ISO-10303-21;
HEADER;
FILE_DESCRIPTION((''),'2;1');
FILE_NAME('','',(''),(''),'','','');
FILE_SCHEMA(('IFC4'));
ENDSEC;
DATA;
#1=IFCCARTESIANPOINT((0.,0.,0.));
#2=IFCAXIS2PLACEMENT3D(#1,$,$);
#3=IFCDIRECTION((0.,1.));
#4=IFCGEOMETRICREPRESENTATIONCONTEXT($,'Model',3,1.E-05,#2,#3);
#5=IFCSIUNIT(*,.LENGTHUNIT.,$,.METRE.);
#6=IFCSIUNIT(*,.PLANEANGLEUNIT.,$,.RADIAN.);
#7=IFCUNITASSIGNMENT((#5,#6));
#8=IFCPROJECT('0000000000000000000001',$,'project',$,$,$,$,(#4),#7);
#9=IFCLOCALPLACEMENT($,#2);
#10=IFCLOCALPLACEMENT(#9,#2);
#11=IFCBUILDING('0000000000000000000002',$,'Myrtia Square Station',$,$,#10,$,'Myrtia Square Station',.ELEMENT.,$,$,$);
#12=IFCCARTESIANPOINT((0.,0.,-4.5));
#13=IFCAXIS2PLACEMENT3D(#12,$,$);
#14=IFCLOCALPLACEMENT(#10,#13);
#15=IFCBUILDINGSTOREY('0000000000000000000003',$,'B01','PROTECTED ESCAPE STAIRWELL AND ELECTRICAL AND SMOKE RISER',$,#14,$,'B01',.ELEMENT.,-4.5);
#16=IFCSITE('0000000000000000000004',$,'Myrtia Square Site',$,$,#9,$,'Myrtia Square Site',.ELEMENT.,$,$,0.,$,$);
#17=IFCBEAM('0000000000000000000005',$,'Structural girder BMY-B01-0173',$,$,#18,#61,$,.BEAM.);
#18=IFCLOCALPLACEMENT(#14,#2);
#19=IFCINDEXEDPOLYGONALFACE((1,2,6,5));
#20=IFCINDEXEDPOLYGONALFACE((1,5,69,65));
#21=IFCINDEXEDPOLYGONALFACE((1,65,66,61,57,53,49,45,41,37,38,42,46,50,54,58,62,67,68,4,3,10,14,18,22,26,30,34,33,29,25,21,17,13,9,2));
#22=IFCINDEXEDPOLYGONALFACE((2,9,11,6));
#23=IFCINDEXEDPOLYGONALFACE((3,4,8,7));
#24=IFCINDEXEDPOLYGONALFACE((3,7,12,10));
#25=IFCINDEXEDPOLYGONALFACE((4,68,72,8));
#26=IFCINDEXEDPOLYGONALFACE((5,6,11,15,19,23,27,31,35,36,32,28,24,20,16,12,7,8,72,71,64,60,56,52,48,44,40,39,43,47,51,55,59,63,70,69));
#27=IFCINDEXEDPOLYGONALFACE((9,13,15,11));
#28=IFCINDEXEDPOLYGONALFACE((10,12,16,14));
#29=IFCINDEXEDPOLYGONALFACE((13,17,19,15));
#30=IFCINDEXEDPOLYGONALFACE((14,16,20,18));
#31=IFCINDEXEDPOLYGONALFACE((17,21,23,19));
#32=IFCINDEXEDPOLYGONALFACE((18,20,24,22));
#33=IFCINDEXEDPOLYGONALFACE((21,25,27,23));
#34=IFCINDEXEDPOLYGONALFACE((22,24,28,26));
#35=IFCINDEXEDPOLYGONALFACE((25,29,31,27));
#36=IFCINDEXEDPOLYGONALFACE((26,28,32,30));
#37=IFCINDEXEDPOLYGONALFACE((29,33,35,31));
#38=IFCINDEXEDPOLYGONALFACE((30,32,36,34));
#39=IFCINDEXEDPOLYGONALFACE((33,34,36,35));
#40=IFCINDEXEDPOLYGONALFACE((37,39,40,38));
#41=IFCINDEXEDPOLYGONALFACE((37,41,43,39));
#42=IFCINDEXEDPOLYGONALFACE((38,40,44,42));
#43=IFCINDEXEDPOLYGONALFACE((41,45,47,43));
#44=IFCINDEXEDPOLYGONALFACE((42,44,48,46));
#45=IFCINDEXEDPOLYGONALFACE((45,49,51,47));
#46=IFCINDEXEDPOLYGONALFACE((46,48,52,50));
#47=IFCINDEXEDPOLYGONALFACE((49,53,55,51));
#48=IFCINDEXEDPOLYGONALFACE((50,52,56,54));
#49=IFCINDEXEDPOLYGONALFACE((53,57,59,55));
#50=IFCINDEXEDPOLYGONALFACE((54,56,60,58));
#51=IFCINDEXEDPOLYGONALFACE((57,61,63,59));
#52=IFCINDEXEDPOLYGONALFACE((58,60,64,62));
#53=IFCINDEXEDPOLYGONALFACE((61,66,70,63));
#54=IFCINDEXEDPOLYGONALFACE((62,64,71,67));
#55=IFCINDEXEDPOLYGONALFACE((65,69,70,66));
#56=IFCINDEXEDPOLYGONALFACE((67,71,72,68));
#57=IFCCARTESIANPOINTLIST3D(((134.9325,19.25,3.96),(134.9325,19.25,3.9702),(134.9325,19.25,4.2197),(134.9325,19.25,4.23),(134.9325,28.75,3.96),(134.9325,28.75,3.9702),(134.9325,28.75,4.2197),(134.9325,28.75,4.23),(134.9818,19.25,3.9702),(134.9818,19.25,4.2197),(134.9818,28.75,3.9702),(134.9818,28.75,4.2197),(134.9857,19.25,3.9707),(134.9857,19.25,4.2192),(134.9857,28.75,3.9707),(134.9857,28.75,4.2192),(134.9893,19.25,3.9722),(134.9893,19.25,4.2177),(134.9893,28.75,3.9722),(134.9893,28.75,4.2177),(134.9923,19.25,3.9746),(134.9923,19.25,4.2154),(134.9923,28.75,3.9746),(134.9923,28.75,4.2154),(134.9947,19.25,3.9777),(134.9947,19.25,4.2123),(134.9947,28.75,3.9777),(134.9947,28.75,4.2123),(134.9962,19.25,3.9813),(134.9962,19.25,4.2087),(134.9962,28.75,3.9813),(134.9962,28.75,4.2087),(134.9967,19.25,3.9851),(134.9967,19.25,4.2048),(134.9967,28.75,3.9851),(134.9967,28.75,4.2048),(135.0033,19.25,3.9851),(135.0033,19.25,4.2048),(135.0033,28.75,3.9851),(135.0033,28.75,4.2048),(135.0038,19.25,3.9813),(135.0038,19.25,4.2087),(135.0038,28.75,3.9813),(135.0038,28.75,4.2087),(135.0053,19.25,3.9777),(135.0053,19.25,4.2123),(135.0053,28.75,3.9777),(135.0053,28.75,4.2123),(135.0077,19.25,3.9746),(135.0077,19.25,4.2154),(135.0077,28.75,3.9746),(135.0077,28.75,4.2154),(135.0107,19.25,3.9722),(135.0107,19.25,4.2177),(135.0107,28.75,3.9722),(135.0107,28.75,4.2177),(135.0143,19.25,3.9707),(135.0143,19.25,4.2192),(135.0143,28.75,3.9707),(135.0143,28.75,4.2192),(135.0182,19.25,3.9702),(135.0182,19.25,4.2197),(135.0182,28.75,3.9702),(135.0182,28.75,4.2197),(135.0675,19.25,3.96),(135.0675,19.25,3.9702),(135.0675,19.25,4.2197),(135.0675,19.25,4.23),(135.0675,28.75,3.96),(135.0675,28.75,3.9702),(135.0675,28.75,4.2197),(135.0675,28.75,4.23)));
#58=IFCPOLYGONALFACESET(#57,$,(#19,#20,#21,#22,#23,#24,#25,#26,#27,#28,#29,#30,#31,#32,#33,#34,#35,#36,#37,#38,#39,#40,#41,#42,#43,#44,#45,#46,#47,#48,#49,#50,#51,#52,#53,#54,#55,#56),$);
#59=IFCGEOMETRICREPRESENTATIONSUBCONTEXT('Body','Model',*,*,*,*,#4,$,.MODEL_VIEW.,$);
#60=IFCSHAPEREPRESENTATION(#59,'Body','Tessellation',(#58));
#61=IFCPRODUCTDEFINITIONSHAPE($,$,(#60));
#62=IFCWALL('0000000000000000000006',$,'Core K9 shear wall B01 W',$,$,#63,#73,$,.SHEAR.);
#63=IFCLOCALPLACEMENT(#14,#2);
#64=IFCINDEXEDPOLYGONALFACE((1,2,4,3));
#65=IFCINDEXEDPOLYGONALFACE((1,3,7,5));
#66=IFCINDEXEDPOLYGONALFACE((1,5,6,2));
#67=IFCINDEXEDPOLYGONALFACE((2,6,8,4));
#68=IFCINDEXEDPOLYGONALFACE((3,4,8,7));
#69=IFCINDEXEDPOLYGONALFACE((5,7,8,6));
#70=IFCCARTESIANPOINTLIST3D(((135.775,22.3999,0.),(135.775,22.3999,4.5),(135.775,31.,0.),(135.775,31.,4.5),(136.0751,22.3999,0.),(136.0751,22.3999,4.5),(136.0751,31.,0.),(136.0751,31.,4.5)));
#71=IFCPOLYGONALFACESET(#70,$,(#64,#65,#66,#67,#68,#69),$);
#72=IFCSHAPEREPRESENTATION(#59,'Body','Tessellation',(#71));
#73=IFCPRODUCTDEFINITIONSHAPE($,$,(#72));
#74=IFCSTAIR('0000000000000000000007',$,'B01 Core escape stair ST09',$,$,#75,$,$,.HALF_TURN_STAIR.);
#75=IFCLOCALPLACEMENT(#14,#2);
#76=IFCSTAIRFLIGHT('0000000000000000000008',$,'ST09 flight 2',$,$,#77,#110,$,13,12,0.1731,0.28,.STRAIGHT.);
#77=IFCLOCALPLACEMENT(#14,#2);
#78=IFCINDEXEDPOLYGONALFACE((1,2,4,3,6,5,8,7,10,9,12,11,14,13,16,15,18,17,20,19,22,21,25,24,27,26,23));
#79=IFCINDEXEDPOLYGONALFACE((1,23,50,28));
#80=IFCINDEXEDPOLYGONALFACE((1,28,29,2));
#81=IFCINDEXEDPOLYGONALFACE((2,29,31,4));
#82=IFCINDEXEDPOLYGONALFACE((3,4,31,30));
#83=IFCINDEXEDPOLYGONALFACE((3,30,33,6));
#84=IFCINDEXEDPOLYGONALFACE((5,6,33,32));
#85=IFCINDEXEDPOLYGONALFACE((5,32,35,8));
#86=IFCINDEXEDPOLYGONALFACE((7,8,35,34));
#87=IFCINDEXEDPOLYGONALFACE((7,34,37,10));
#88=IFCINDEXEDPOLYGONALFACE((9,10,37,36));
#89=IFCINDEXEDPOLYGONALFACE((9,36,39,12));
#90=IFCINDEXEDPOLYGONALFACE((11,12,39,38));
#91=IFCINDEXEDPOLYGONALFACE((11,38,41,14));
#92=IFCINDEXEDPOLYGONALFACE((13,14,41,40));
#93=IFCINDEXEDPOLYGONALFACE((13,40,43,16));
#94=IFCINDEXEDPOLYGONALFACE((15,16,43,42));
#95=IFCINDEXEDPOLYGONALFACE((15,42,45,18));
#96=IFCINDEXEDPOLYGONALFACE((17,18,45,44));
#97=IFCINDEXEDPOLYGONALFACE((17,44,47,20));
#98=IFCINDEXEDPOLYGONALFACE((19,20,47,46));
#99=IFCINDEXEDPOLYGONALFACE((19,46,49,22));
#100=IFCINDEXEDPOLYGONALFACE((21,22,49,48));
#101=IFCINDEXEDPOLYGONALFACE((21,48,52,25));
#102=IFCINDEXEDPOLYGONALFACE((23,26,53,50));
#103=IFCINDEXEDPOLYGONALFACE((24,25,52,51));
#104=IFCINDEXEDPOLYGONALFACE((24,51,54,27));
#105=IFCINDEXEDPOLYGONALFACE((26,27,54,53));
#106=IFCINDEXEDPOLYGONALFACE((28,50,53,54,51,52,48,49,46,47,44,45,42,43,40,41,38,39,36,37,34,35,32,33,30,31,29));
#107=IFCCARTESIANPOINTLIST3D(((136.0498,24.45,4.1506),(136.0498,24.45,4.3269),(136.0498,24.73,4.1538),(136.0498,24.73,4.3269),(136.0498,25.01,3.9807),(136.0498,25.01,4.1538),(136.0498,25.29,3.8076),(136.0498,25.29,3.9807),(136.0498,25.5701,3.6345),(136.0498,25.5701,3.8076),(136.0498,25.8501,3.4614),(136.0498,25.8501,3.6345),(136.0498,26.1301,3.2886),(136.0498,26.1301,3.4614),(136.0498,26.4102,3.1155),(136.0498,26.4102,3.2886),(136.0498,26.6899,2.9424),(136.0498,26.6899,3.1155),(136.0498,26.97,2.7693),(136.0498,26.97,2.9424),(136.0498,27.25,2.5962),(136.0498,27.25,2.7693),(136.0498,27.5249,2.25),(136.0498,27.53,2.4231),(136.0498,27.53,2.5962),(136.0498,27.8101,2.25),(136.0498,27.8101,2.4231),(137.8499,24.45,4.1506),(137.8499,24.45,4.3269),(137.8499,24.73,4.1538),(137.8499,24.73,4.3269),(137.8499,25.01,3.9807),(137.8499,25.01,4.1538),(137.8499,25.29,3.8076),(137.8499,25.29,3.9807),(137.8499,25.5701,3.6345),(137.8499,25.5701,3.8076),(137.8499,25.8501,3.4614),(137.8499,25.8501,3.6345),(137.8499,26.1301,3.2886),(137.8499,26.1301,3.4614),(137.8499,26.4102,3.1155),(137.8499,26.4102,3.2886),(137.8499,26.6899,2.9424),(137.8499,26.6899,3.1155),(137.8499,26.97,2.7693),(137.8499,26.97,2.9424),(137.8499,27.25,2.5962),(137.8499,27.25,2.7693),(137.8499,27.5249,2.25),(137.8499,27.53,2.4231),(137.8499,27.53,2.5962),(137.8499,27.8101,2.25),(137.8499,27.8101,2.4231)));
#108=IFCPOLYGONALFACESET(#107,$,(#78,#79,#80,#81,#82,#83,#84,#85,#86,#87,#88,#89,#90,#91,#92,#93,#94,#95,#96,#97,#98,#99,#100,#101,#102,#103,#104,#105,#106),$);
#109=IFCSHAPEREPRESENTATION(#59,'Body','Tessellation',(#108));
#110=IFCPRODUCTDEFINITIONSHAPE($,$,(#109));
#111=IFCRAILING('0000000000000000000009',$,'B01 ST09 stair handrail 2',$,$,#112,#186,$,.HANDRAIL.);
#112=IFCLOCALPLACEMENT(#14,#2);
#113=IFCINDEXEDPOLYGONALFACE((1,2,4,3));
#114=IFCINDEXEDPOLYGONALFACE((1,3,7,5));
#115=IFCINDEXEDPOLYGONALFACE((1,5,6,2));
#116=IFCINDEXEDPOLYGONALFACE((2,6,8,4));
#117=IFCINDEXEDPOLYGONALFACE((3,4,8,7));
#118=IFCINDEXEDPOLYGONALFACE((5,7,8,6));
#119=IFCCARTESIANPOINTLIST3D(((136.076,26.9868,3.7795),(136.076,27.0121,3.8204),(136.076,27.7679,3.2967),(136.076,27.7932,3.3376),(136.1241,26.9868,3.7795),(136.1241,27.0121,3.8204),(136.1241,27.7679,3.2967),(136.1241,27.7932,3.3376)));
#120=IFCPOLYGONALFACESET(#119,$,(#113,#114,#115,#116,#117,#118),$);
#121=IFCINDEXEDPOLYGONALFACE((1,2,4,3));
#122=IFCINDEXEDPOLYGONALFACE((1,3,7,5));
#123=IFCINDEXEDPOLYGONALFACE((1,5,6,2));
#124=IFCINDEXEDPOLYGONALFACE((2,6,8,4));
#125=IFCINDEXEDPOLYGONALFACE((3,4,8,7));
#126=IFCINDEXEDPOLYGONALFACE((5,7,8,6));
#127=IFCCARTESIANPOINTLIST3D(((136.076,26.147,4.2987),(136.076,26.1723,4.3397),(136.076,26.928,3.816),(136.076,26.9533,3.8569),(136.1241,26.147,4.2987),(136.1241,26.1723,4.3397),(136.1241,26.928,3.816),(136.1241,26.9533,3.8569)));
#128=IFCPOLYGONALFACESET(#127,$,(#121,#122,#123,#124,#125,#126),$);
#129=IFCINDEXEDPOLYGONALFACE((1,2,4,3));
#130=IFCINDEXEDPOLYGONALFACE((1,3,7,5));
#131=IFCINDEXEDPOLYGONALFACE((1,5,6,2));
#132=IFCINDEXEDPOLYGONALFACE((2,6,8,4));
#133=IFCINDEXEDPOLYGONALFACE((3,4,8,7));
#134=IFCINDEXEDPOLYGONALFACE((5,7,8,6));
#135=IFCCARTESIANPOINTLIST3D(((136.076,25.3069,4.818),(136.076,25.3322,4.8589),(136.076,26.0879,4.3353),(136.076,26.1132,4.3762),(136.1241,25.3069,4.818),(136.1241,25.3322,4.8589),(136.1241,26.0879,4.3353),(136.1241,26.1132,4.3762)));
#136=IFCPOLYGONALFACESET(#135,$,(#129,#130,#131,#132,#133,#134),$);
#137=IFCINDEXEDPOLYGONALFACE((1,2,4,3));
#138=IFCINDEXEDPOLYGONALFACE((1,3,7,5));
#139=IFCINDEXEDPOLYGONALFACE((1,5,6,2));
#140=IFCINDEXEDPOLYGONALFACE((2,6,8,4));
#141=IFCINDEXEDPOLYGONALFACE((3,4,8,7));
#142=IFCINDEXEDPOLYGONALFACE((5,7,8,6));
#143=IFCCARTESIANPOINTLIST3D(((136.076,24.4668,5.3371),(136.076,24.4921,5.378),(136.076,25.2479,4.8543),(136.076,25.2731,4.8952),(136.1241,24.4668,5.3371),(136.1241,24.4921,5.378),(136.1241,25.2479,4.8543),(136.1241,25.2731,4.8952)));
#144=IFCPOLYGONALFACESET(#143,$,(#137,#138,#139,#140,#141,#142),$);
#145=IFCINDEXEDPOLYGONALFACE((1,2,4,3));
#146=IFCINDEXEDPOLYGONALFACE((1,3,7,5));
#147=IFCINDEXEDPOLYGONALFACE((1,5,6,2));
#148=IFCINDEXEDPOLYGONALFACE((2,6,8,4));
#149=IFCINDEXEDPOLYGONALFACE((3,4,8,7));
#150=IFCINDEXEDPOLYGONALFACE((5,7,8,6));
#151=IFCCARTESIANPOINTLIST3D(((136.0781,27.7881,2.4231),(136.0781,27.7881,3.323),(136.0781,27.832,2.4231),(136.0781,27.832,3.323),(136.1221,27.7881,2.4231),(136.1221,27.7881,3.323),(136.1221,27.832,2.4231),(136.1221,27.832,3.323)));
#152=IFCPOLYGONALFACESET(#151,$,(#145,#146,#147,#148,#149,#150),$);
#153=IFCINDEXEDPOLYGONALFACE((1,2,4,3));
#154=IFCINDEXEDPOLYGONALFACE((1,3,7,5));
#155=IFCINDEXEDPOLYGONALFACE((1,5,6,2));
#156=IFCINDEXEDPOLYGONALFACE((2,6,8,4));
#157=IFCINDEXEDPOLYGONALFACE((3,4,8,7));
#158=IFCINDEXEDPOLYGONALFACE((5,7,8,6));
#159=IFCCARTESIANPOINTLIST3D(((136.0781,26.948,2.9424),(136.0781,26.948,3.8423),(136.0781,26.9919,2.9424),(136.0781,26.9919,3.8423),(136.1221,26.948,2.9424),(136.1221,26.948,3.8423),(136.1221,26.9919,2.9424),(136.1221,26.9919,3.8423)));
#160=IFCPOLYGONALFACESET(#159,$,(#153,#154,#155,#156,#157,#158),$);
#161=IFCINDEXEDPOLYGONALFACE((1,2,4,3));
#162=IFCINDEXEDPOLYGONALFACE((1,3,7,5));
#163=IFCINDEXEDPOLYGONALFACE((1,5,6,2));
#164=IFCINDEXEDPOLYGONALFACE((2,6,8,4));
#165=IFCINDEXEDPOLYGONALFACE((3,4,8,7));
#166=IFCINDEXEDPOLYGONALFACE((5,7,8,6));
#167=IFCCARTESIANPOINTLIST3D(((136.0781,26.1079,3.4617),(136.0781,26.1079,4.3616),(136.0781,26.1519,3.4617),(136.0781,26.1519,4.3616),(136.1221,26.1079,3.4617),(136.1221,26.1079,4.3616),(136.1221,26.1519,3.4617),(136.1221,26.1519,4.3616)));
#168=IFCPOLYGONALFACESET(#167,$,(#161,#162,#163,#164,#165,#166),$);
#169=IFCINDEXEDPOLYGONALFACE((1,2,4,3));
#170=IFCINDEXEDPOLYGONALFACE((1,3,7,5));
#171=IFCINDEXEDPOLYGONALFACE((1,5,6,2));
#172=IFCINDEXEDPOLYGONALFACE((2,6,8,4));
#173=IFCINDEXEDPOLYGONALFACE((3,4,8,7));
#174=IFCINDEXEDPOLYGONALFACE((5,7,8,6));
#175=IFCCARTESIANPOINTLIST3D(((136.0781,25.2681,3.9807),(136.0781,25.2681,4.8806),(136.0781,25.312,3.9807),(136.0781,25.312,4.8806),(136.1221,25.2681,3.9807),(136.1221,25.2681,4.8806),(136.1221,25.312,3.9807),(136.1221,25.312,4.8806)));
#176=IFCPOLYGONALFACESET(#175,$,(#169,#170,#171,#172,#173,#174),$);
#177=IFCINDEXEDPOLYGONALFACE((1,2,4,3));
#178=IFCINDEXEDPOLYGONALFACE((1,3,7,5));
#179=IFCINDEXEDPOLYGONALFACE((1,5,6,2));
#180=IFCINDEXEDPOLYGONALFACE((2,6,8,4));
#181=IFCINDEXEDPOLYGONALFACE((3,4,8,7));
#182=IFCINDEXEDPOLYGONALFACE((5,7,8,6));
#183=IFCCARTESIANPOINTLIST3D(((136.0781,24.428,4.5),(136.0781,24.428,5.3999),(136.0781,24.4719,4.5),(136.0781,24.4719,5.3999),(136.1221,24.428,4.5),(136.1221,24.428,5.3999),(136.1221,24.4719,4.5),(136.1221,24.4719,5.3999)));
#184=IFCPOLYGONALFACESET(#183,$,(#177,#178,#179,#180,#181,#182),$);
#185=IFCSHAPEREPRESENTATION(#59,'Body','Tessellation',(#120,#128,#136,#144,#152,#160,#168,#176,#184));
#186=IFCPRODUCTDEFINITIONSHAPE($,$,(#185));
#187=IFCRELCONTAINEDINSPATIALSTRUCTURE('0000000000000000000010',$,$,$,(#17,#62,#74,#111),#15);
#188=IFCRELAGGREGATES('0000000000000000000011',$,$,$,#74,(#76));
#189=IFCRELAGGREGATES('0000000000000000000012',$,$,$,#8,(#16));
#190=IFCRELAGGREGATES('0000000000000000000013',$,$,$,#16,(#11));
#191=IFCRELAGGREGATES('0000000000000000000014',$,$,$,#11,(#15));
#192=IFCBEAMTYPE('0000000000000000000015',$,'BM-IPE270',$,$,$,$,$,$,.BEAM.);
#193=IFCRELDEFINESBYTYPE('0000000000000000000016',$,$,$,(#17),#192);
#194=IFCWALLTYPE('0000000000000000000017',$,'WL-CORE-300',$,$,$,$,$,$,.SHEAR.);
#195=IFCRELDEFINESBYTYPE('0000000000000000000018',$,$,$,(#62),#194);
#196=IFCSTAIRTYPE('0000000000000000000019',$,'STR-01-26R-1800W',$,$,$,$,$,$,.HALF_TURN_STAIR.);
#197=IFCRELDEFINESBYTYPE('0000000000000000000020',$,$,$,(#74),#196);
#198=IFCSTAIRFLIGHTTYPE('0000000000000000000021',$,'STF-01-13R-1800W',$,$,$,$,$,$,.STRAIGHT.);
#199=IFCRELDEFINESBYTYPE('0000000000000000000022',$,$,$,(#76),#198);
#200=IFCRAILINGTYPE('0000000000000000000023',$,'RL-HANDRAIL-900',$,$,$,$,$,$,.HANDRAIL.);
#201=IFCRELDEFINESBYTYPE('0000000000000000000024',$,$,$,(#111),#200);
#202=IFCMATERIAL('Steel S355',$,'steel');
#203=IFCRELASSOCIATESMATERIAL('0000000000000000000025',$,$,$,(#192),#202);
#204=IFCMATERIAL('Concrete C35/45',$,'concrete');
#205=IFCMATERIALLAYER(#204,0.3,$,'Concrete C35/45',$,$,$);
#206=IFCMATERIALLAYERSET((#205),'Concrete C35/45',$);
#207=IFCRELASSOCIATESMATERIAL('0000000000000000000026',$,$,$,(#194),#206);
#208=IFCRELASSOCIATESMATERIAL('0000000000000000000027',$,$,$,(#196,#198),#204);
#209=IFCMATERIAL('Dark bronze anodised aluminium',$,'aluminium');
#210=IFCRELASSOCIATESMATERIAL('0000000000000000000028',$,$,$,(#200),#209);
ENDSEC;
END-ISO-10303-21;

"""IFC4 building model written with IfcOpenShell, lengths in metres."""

from ifc_helpers import new_model, si_unit, direction, frame, frame_2d, origin, origin_2d, place, context, subcontext, project, spatial, polyline, rectangle, i_section, outline, extrude, material, layer, layer_set, material_profile, profile_set, type_object, element, aggregate, save


model = new_model("IFC4")

# Units and contexts
model_context = context("Model", 3, precision=1e-05, world=origin(), true_north=direction((0.0, 1.0)))
body_context = subcontext(model_context, "Body", "Model", "MODEL_VIEW")
ifc_project = project(units=[si_unit("LENGTHUNIT", "METRE"), si_unit("PLANEANGLEUNIT", "RADIAN")], contexts=[model_context])

# Site, building, storey
site_placement = place(None, origin())
site = spatial("IfcSite", under=ifc_project, at=site_placement, Name="Myrtia Square Site", LongName="Myrtia Square Site", CompositionType="ELEMENT", RefElevation=0.0)
building_placement = place(site_placement, origin())
building = spatial("IfcBuilding", under=site, at=building_placement, Name="Myrtia Square Station", LongName="Myrtia Square Station", CompositionType="ELEMENT")
storey_placement = place(building_placement, frame((0.0, 0.0, -4.5)))
storey = spatial("IfcBuildingStorey", under=building, at=storey_placement, Name="B01", Description="PROTECTED ESCAPE STAIRWELL AND ELECTRICAL AND SMOKE RISER", LongName="B01", CompositionType="ELEMENT", Elevation=-4.5)

# Shared definitions
ifc_material_1 = material(Name="Concrete C35/45", Category="concrete")

# Shared definitions
ifc_material_2 = material(Name="Steel S355", Category="steel")

# Beam
ifc_material_profile_1 = material_profile(ifc_material_2, i_section(OverallWidth=0.135, OverallDepth=0.27, WebThickness=0.0066, FlangeThickness=0.0103, FilletRadius=0.0149, at=origin_2d()), Name="IPE 270")
ifc_profile_set_1 = profile_set([ifc_material_profile_1], Name="Steel S355")
beam_type_1 = type_object("IfcBeamType", Name="BM-IPE270", PredefinedType="BEAM", material=ifc_profile_set_1)
beam_1_placement = place(storey_placement, frame((135.0, 19.25, 4.095), z_axis=(0.0, 1.0, 0.0), x_axis=(-1.0, 0.0, 0.0)))
element("IfcBeam", 1, at=beam_1_placement, inside=storey, type_object=beam_type_1, Name="Structural girder BMY-B01-0173", PredefinedType="BEAM", context=body_context, shape_type="SweptSolid", body=[
    extrude(i_section(OverallWidth=0.135, OverallDepth=0.27, WebThickness=0.0066, FlangeThickness=0.0103, FilletRadius=0.0149, at=origin_2d()), origin(), (0.0, 0.0, 1.0), 9.5),
])

# Shared definitions
ifc_layer = layer(ifc_material_1, 0.3, Name="Concrete C35/45")
ifc_layer_set = layer_set([ifc_layer], Name="Concrete C35/45")
wall_type = type_object("IfcWallType", Name="WL-CORE-300", PredefinedType="SHEAR", material=ifc_layer_set)
ifc_material_3 = material(Name="Dark bronze anodised aluminium", Category="aluminium")

# Wall
wall_1_placement = place(storey_placement, frame((135.925, 22.3999, 0.0), z_axis=(0.0, 0.0, 1.0), x_axis=(0.0, 1.0, 0.0)))
element("IfcWall", 2, at=wall_1_placement, inside=storey, type_object=wall_type, Name="Core K9 shear wall B01 W", PredefinedType="SHEAR", context=body_context, shape_type="SweptSolid", body=[
    extrude(rectangle(XDim=8.6001, YDim=0.3, at=frame_2d((4.3, 0.0))), origin(), (0.0, 0.0, 1.0), 4.5),
])

# Stair, stair flight
stair_type = type_object("IfcStairType", Name="STR-01-26R-1800W", PredefinedType="HALF_TURN_STAIR", material=ifc_material_1)
stair_placement = place(storey_placement, origin())
stair = element("IfcStair", 3, at=stair_placement, inside=storey, type_object=stair_type, Name="B01 Core escape stair ST09", PredefinedType="HALF_TURN_STAIR")
stair_flight_type = type_object("IfcStairFlightType", Name="STF-01-13R-1800W", PredefinedType="STRAIGHT", material=ifc_material_1)
stair_flight_placement = place(storey_placement, frame((136.95, 27.8101, 2.25), z_axis=(0.0, 0.0, 1.0), x_axis=(0.0, -1.0, 0.0)))
stair_flight = element("IfcStairFlight", 4, at=stair_flight_placement, type_object=stair_flight_type, Name="ST09 flight 2", NumberOfRisers=13, NumberOfTreads=12, PredefinedType="STRAIGHT", RiserHeight=0.1731, TreadLength=0.28, context=body_context, shape_type="SweptSolid", body=[
    extrude(outline(polyline([(0.0, 0.0), (0.0, 0.1731), (0.28, 0.1731), (0.28, 0.3462), (0.5601, 0.3462), (0.5601, 0.5193), (0.8401, 0.5193), (0.8401, 0.6924), (1.1201, 0.6924), (1.1201, 0.8655), (1.3999, 0.8655), (1.3999, 1.0386), (1.6799, 1.0386), (1.6799, 1.2114), (1.96, 1.2114), (1.96, 1.3845), (2.24, 1.3845), (2.24, 1.5576), (2.52, 1.5576), (2.52, 1.7307), (2.8, 1.7307), (2.8, 1.9038), (3.0801, 1.9038), (3.0801, 2.0769), (3.3601, 2.0769), (3.3601, 2.25), (3.3601, 1.9006), (0.2852, 0.0), (0.0, 0.0)])), frame((0.0, 0.8999, 0.0), z_axis=(0.0, -1.0, 0.0), x_axis=(1.0, 0.0, 0.0)), (0.0, 0.0, 1.0), 1.8),
])
aggregate(stair, [stair_flight])

# Railing
railing_type_1 = type_object("IfcRailingType", Name="RL-HANDRAIL-900", PredefinedType="HANDRAIL", material=ifc_material_3)
railing_1_placement = place(storey_placement, frame((136.1001, 27.8101, 2.4231)))
element("IfcRailing", 5, at=railing_1_placement, inside=storey, type_object=railing_type_1, Name="B01 ST09 stair handrail 2", PredefinedType="HANDRAIL", context=body_context, shape_type="SweptSolid", body=[
    extrude(rectangle(XDim=0.0481, YDim=0.0481, at=origin_2d()), frame((0.0, -0.0295, 0.894), z_axis=(0.0, -0.850623, 0.525776), x_axis=(1.0, 0.0, 0.0)), (0.0, 0.0, 1.0), 0.9182),
    extrude(rectangle(XDim=0.0481, YDim=0.0481, at=origin_2d()), frame((0.0, -0.8694, 1.4133), z_axis=(0.0, -0.850623, 0.525776), x_axis=(1.0, 0.0, 0.0)), (0.0, 0.0, 1.0), 0.9182),
    extrude(rectangle(XDim=0.0481, YDim=0.0481, at=origin_2d()), frame((0.0, -1.7095, 1.9326), z_axis=(0.0, -0.850623, 0.525776), x_axis=(1.0, 0.0, 0.0)), (0.0, 0.0, 1.0), 0.9182),
    extrude(rectangle(XDim=0.0481, YDim=0.0481, at=origin_2d()), frame((0.0, -2.5496, 2.4517), z_axis=(0.0, -0.850623, 0.525776), x_axis=(1.0, 0.0, 0.0)), (0.0, 0.0, 1.0), 0.9182),
    extrude(rectangle(XDim=0.0439, YDim=0.0439, at=origin_2d()), origin(), (0.0, 0.0, 1.0), 0.8999),
    extrude(rectangle(XDim=0.0439, YDim=0.0439, at=origin_2d()), frame((0.0, -0.8401, 0.5193)), (0.0, 0.0, 1.0), 0.8999),
    extrude(rectangle(XDim=0.0439, YDim=0.0439, at=origin_2d()), frame((0.0, -1.6802, 1.0386)), (0.0, 0.0, 1.0), 0.8999),
    extrude(rectangle(XDim=0.0439, YDim=0.0439, at=origin_2d()), frame((0.0, -2.52, 1.5576)), (0.0, 0.0, 1.0), 0.8999),
    extrude(rectangle(XDim=0.0439, YDim=0.0439, at=origin_2d()), frame((0.0, -3.3601, 2.0769)), (0.0, 0.0, 1.0), 0.8999),
])

save(model, "model.ifc")
